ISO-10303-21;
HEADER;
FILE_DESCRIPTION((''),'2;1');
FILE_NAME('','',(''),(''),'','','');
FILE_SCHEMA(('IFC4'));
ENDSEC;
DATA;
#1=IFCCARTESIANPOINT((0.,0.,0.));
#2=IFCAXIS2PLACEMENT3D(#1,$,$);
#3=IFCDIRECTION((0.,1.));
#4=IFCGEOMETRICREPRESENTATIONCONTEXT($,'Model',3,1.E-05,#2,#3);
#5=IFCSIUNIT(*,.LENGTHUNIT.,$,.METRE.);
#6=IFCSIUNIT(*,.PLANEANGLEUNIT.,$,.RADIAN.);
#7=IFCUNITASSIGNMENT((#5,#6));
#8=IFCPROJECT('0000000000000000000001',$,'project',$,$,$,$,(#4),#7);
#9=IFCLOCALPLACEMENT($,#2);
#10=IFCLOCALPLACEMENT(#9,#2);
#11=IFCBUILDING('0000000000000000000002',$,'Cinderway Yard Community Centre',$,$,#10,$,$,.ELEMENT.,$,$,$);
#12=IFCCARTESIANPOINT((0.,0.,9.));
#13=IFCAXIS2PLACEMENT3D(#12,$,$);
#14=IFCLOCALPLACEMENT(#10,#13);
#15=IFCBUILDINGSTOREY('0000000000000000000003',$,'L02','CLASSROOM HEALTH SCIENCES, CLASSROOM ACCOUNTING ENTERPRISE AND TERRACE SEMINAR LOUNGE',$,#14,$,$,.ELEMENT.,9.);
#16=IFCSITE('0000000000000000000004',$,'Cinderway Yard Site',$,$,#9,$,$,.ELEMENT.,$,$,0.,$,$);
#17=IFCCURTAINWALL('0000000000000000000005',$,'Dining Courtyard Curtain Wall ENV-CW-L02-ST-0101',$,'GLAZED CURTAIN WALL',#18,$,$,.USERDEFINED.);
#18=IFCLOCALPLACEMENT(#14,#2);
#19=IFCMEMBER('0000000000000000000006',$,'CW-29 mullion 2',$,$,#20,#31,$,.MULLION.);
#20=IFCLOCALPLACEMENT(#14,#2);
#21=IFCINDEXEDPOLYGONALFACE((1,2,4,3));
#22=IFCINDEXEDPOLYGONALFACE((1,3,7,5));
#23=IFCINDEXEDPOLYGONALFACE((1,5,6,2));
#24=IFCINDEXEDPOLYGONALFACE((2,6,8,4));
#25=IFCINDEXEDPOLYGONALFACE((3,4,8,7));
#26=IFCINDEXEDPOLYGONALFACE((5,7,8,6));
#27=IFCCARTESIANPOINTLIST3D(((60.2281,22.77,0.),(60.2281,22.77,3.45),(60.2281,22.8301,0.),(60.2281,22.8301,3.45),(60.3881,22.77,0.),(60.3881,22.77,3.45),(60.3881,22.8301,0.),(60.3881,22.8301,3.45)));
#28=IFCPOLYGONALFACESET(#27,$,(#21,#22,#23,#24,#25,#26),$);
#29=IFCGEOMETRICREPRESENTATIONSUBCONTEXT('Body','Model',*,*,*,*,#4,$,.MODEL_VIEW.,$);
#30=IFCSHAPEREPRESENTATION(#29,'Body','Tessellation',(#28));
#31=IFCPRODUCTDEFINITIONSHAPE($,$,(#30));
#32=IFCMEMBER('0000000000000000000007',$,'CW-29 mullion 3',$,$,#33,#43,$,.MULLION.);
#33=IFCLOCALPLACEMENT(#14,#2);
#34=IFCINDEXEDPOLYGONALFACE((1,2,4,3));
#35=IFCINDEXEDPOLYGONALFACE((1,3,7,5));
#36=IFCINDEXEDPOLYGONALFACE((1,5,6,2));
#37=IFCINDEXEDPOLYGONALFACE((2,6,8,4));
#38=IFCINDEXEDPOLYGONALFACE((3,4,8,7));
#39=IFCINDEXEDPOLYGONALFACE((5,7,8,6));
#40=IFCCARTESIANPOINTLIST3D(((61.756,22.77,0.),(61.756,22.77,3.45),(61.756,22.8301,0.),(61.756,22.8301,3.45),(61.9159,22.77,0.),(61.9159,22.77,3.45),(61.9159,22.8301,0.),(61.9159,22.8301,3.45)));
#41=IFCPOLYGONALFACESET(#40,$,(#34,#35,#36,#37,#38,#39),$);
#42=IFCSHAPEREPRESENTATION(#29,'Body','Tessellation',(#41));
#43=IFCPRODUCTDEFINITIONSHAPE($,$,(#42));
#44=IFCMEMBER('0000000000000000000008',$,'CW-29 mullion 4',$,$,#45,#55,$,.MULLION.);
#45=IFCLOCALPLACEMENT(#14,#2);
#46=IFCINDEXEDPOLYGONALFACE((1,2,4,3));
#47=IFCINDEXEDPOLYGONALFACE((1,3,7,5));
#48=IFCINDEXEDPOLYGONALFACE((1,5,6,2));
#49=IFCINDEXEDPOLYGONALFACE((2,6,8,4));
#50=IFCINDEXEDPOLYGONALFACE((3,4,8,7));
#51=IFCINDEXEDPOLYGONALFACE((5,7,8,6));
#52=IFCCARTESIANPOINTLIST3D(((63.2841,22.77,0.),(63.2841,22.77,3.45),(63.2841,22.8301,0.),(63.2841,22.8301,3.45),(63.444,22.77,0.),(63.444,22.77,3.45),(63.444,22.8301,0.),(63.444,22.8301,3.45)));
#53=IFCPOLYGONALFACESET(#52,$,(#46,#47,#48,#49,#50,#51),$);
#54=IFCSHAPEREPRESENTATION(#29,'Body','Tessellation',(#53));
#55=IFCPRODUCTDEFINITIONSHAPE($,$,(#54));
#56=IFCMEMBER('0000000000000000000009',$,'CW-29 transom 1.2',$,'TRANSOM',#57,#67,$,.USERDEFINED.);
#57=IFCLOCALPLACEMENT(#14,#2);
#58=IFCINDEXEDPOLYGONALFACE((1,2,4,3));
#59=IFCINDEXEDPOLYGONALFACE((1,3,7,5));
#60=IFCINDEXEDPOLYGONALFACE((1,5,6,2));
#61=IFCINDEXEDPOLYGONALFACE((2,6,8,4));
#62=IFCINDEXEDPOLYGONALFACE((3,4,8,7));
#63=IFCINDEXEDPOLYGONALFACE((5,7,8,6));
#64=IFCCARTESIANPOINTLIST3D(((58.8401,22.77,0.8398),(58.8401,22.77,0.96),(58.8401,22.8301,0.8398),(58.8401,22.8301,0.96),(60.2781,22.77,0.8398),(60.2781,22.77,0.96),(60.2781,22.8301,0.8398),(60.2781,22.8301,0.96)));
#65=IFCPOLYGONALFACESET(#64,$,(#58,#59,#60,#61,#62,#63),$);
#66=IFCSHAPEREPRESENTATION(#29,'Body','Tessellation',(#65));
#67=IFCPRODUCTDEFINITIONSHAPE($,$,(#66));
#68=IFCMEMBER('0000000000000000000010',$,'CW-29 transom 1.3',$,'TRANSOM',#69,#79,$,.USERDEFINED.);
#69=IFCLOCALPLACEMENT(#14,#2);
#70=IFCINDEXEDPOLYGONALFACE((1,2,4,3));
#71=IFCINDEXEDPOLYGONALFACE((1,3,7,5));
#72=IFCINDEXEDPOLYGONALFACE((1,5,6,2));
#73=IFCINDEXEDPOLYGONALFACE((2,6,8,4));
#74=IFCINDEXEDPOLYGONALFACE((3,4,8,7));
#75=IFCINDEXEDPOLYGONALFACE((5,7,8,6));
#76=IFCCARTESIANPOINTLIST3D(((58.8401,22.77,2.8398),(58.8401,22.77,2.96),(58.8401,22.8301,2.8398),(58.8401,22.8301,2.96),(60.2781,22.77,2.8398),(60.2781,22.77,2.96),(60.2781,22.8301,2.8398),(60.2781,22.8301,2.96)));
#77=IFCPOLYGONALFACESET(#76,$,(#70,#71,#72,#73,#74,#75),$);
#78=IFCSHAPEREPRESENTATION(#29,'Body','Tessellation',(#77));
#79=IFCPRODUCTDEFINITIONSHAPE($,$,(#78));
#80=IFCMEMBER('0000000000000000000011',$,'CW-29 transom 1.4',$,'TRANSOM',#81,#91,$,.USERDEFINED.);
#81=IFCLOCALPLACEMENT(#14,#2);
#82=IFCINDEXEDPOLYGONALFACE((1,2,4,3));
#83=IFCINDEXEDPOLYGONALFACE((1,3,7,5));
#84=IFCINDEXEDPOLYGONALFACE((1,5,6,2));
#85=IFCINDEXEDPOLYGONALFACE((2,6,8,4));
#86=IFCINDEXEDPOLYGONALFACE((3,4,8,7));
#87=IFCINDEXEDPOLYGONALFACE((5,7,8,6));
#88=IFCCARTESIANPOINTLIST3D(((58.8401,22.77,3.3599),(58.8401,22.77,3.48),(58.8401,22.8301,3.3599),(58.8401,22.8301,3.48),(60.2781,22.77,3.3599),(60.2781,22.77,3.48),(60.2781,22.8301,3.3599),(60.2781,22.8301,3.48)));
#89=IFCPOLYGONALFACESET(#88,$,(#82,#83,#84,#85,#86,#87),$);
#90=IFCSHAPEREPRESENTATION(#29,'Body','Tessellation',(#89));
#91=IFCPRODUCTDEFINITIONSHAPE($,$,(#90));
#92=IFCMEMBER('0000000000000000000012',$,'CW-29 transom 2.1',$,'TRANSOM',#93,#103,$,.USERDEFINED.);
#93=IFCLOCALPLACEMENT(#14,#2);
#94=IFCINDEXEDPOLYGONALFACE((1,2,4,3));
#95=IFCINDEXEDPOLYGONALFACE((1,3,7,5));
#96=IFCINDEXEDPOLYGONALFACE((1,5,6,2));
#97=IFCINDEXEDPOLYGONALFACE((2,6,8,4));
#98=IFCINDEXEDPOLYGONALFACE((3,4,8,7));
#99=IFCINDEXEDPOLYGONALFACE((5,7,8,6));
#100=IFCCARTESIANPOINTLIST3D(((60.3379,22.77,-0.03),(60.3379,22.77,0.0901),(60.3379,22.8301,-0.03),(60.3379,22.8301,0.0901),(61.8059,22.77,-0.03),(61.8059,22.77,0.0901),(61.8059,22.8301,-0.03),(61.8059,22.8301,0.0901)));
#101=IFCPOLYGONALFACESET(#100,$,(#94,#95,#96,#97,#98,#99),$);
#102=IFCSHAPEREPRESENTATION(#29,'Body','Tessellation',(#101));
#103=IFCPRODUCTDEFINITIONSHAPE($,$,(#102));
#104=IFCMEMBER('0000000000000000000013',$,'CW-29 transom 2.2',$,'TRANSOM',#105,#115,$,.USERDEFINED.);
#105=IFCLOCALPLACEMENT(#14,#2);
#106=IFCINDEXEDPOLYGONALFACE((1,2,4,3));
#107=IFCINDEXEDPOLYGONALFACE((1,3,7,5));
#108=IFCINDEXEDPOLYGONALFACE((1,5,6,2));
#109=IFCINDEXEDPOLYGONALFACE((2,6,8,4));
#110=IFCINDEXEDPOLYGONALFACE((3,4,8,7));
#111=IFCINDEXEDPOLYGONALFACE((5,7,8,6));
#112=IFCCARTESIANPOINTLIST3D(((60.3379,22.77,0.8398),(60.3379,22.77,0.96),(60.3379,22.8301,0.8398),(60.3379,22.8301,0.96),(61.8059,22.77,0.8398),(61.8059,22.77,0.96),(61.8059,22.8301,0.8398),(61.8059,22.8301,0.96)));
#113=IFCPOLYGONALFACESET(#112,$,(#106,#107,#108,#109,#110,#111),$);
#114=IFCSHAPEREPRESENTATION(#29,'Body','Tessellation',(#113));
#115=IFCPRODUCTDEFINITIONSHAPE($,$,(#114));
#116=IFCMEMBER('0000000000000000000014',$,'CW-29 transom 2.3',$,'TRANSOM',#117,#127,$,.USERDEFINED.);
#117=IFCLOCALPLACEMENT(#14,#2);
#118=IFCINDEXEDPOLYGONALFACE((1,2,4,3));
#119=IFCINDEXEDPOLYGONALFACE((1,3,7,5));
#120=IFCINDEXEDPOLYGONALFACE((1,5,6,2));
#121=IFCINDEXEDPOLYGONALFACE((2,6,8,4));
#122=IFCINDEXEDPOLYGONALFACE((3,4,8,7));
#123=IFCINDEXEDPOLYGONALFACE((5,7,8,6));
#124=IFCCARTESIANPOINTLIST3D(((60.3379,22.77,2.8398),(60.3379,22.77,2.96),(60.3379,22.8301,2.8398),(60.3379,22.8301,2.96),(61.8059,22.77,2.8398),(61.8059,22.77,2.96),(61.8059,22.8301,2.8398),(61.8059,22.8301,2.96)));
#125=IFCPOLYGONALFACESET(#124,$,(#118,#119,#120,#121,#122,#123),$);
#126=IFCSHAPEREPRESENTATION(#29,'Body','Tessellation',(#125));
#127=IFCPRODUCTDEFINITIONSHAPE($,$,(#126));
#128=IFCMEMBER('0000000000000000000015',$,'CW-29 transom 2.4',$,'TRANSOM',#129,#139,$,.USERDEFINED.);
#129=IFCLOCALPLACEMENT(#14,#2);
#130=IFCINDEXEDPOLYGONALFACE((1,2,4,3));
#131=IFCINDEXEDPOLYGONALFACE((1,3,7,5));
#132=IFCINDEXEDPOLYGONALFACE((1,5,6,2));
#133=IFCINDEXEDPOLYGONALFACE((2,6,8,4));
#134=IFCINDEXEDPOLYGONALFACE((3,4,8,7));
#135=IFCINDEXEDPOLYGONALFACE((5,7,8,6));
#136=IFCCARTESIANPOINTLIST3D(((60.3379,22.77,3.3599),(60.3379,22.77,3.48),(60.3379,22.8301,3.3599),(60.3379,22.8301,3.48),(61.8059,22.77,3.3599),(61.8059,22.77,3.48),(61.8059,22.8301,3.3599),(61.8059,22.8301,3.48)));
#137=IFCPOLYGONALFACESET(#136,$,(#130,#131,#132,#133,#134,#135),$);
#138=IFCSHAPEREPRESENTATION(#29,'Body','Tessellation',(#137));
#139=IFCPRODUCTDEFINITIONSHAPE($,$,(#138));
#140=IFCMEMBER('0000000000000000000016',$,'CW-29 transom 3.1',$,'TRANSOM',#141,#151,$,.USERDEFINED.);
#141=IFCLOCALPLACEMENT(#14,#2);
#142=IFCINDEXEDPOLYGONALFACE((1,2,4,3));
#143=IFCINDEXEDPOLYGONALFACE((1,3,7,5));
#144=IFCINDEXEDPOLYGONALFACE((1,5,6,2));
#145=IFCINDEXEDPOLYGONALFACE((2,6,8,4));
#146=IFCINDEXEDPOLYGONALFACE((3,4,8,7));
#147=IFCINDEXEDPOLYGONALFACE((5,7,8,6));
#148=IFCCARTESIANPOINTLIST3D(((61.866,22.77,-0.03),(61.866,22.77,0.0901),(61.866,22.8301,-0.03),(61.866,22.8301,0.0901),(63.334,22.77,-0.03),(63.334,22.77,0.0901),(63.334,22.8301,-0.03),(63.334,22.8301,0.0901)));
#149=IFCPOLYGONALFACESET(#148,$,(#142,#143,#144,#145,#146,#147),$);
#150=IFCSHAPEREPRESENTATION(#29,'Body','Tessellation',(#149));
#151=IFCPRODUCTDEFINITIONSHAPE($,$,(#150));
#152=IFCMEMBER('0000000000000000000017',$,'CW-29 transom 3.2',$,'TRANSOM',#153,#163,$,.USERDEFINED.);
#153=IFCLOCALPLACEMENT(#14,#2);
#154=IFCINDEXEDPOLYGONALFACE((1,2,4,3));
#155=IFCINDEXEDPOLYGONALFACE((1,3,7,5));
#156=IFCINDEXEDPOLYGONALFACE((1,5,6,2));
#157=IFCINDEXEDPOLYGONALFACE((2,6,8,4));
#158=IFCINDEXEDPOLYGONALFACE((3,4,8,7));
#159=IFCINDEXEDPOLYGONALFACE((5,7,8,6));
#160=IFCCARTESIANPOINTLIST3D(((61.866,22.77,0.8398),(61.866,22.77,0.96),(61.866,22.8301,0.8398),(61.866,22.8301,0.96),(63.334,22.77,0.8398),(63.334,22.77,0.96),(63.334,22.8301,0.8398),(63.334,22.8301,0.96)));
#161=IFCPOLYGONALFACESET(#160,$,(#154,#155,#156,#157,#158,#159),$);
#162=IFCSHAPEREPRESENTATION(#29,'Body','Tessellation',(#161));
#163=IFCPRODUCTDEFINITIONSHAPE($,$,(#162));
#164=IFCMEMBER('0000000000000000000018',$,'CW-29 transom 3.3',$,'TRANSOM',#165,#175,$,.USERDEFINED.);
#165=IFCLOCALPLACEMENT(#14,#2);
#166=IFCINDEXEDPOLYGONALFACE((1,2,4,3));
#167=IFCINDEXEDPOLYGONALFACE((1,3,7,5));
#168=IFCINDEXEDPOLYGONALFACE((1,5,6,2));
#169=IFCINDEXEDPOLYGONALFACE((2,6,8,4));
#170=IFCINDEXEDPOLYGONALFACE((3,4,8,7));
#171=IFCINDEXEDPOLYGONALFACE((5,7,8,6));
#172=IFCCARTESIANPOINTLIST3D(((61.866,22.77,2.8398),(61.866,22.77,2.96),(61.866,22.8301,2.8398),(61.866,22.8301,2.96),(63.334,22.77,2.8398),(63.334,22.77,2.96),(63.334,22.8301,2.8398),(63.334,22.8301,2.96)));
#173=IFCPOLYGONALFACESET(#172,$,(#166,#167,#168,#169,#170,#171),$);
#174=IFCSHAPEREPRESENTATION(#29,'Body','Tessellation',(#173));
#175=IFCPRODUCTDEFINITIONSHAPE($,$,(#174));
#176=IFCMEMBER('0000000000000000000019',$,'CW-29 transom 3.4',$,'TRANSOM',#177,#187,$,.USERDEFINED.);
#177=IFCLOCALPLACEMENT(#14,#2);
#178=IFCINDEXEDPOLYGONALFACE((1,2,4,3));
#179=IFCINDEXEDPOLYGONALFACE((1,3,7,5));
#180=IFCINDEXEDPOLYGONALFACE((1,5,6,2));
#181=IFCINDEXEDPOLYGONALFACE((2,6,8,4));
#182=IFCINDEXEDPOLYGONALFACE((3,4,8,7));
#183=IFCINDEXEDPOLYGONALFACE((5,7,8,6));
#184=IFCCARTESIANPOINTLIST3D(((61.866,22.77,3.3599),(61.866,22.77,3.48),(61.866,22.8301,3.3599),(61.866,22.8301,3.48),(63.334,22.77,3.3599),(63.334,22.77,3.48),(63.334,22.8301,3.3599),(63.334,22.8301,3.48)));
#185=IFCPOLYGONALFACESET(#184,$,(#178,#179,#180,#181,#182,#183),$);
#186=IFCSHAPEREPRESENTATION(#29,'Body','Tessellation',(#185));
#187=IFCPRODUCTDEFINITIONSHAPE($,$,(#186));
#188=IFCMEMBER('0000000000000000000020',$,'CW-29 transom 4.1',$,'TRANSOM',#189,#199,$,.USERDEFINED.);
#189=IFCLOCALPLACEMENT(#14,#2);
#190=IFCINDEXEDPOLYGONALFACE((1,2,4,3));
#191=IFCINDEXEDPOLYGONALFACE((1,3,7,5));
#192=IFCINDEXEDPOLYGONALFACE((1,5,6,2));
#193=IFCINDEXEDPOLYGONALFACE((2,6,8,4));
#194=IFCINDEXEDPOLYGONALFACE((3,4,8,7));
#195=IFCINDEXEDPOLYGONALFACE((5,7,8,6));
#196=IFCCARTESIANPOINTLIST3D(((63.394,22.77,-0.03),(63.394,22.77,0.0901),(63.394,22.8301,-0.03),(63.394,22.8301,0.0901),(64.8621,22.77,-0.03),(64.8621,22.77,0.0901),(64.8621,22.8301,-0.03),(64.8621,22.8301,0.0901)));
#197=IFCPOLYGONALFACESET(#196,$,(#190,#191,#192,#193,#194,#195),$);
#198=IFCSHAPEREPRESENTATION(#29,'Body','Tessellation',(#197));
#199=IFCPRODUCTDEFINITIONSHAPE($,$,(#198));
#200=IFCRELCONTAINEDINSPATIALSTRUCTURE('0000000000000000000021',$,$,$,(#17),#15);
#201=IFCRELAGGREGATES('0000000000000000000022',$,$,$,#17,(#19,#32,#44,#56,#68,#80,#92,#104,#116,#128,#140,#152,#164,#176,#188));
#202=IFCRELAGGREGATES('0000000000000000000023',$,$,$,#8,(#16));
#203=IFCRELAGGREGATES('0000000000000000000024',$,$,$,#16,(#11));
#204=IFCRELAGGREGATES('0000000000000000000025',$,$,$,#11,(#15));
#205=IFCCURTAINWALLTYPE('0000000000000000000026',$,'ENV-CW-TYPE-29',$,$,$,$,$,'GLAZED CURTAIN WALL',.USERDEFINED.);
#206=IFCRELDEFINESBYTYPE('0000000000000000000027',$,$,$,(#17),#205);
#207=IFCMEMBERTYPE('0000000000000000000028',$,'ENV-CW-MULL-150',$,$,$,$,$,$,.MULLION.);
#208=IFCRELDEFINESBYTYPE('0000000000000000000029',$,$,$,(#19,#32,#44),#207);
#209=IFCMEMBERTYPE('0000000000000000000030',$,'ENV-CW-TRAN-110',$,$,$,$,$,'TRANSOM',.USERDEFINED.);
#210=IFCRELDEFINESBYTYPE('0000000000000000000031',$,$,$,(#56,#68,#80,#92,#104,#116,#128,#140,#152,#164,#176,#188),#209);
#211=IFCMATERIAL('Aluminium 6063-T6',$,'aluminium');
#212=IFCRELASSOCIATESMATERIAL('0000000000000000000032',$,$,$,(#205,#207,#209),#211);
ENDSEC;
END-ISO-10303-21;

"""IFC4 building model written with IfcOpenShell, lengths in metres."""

from ifc_helpers import new_model, si_unit, direction, frame, origin, origin_2d, place, context, subcontext, project, spatial, rectangle, extrude, material, material_profile, profile_set, type_object, element, aggregate, save


model = new_model("IFC4")

# Units and contexts
model_context = context("Model", 3, precision=1e-05, world=origin(), true_north=direction((0.0, 1.0)))
body_context = subcontext(model_context, "Body", "Model", "MODEL_VIEW")
ifc_project = project(units=[si_unit("LENGTHUNIT", "METRE"), si_unit("PLANEANGLEUNIT", "RADIAN")], contexts=[model_context])

# Site, building, storey
site_placement = place(None, origin())
site = spatial("IfcSite", under=ifc_project, at=site_placement, Name="Cinderway Yard Site", CompositionType="ELEMENT", RefElevation=0.0)
building_placement = place(site_placement, origin())
building = spatial("IfcBuilding", under=site, at=building_placement, Name="Cinderway Yard Community Centre", CompositionType="ELEMENT")
storey_placement = place(building_placement, frame((0.0, 0.0, 9.0)))
storey = spatial("IfcBuildingStorey", under=building, at=storey_placement, Name="L02", Description="CLASSROOM HEALTH SCIENCES, CLASSROOM ACCOUNTING ENTERPRISE AND TERRACE SEMINAR LOUNGE", CompositionType="ELEMENT", Elevation=9.0)

# Curtain wall, members
ifc_material_1 = material(Name="Aluminium 6063-T6", Category="aluminium")
curtain_wall_type = type_object("IfcCurtainWallType", Name="ENV-CW-TYPE-29", ElementType="GLAZED CURTAIN WALL", PredefinedType="USERDEFINED", material=ifc_material_1)
curtain_wall_placement = place(storey_placement, origin())
curtain_wall = element("IfcCurtainWall", 1, at=curtain_wall_placement, inside=storey, type_object=curtain_wall_type, Name="Dining Courtyard Curtain Wall ENV-CW-L02-ST-0101", ObjectType="GLAZED CURTAIN WALL", PredefinedType="USERDEFINED")
ifc_material_profile_1 = material_profile(ifc_material_1, rectangle(XDim=0.0601, YDim=0.1599, at=origin_2d()), Name="Aluminium 6063-T6")
ifc_profile_set_1 = profile_set([ifc_material_profile_1], Name="Aluminium 6063-T6")
member_type_1 = type_object("IfcMemberType", Name="ENV-CW-MULL-150", PredefinedType="MULLION", material=ifc_profile_set_1)
member_1_placement = place(storey_placement, frame((60.3081, 22.8, 0.0), z_axis=(0.0, 0.0, 1.0), x_axis=(0.0, 1.0, 0.0)))
member_1 = element("IfcMember", 2, at=member_1_placement, type_object=member_type_1, Name="CW-29 mullion 2", PredefinedType="MULLION", context=body_context, shape_type="SweptSolid", body=[
    extrude(rectangle(XDim=0.0601, YDim=0.1599, at=origin_2d()), origin(), (0.0, 0.0, 1.0), 3.45),
])
member_2_placement = place(storey_placement, frame((61.8359, 22.8, 0.0), z_axis=(0.0, 0.0, 1.0), x_axis=(0.0, 1.0, 0.0)))
member_2 = element("IfcMember", 3, at=member_2_placement, type_object=member_type_1, Name="CW-29 mullion 3", PredefinedType="MULLION", context=body_context, shape_type="SweptSolid", body=[
    extrude(rectangle(XDim=0.0601, YDim=0.1599, at=origin_2d()), origin(), (0.0, 0.0, 1.0), 3.45),
])
member_3_placement = place(storey_placement, frame((63.364, 22.8, 0.0), z_axis=(0.0, 0.0, 1.0), x_axis=(0.0, 1.0, 0.0)))
member_3 = element("IfcMember", 4, at=member_3_placement, type_object=member_type_1, Name="CW-29 mullion 4", PredefinedType="MULLION", context=body_context, shape_type="SweptSolid", body=[
    extrude(rectangle(XDim=0.0601, YDim=0.1599, at=origin_2d()), origin(), (0.0, 0.0, 1.0), 3.45),
])
ifc_material_profile_2 = material_profile(ifc_material_1, rectangle(XDim=0.0601, YDim=0.1201, at=origin_2d()), Name="Aluminium 6063-T6")
ifc_profile_set_2 = profile_set([ifc_material_profile_2], Name="Aluminium 6063-T6")
member_type_2 = type_object("IfcMemberType", Name="ENV-CW-TRAN-110", ElementType="TRANSOM", PredefinedType="USERDEFINED", material=ifc_profile_set_2)
member_4_placement = place(storey_placement, frame((58.8401, 22.8, 0.8999), z_axis=(1.0, 0.0, 0.0), x_axis=(0.0, 1.0, 0.0)))
member_4 = element("IfcMember", 5, at=member_4_placement, type_object=member_type_2, Name="CW-29 transom 1.2", ObjectType="TRANSOM", PredefinedType="USERDEFINED", context=body_context, shape_type="SweptSolid", body=[
    extrude(rectangle(XDim=0.0601, YDim=0.1201, at=origin_2d()), origin(), (0.0, 0.0, 1.0), 1.438),
])
member_5_placement = place(storey_placement, frame((58.8401, 22.8, 2.8999), z_axis=(1.0, 0.0, 0.0), x_axis=(0.0, 1.0, 0.0)))
member_5 = element("IfcMember", 6, at=member_5_placement, type_object=member_type_2, Name="CW-29 transom 1.3", ObjectType="TRANSOM", PredefinedType="USERDEFINED", context=body_context, shape_type="SweptSolid", body=[
    extrude(rectangle(XDim=0.0601, YDim=0.1201, at=origin_2d()), origin(), (0.0, 0.0, 1.0), 1.438),
])
member_6_placement = place(storey_placement, frame((58.8401, 22.8, 3.4199), z_axis=(1.0, 0.0, 0.0), x_axis=(0.0, 1.0, 0.0)))
member_6 = element("IfcMember", 7, at=member_6_placement, type_object=member_type_2, Name="CW-29 transom 1.4", ObjectType="TRANSOM", PredefinedType="USERDEFINED", context=body_context, shape_type="SweptSolid", body=[
    extrude(rectangle(XDim=0.0601, YDim=0.1201, at=origin_2d()), origin(), (0.0, 0.0, 1.0), 1.438),
])
member_7_placement = place(storey_placement, frame((60.3379, 22.8, 0.03), z_axis=(1.0, 0.0, 0.0), x_axis=(0.0, 1.0, 0.0)))
member_7 = element("IfcMember", 8, at=member_7_placement, type_object=member_type_2, Name="CW-29 transom 2.1", ObjectType="TRANSOM", PredefinedType="USERDEFINED", context=body_context, shape_type="SweptSolid", body=[
    extrude(rectangle(XDim=0.0601, YDim=0.1201, at=origin_2d()), origin(), (0.0, 0.0, 1.0), 1.468),
])
member_8_placement = place(storey_placement, frame((60.3379, 22.8, 0.8999), z_axis=(1.0, 0.0, 0.0), x_axis=(0.0, 1.0, 0.0)))
member_8 = element("IfcMember", 9, at=member_8_placement, type_object=member_type_2, Name="CW-29 transom 2.2", ObjectType="TRANSOM", PredefinedType="USERDEFINED", context=body_context, shape_type="SweptSolid", body=[
    extrude(rectangle(XDim=0.0601, YDim=0.1201, at=origin_2d()), origin(), (0.0, 0.0, 1.0), 1.468),
])
member_9_placement = place(storey_placement, frame((60.3379, 22.8, 2.8999), z_axis=(1.0, 0.0, 0.0), x_axis=(0.0, 1.0, 0.0)))
member_9 = element("IfcMember", 10, at=member_9_placement, type_object=member_type_2, Name="CW-29 transom 2.3", ObjectType="TRANSOM", PredefinedType="USERDEFINED", context=body_context, shape_type="SweptSolid", body=[
    extrude(rectangle(XDim=0.0601, YDim=0.1201, at=origin_2d()), origin(), (0.0, 0.0, 1.0), 1.468),
])
member_10_placement = place(storey_placement, frame((60.3379, 22.8, 3.4199), z_axis=(1.0, 0.0, 0.0), x_axis=(0.0, 1.0, 0.0)))
member_10 = element("IfcMember", 11, at=member_10_placement, type_object=member_type_2, Name="CW-29 transom 2.4", ObjectType="TRANSOM", PredefinedType="USERDEFINED", context=body_context, shape_type="SweptSolid", body=[
    extrude(rectangle(XDim=0.0601, YDim=0.1201, at=origin_2d()), origin(), (0.0, 0.0, 1.0), 1.468),
])
member_11_placement = place(storey_placement, frame((61.866, 22.8, 0.03), z_axis=(1.0, 0.0, 0.0), x_axis=(0.0, 1.0, 0.0)))
member_11 = element("IfcMember", 12, at=member_11_placement, type_object=member_type_2, Name="CW-29 transom 3.1", ObjectType="TRANSOM", PredefinedType="USERDEFINED", context=body_context, shape_type="SweptSolid", body=[
    extrude(rectangle(XDim=0.0601, YDim=0.1201, at=origin_2d()), origin(), (0.0, 0.0, 1.0), 1.468),
])
member_12_placement = place(storey_placement, frame((61.866, 22.8, 0.8999), z_axis=(1.0, 0.0, 0.0), x_axis=(0.0, 1.0, 0.0)))
member_12 = element("IfcMember", 13, at=member_12_placement, type_object=member_type_2, Name="CW-29 transom 3.2", ObjectType="TRANSOM", PredefinedType="USERDEFINED", context=body_context, shape_type="SweptSolid", body=[
    extrude(rectangle(XDim=0.0601, YDim=0.1201, at=origin_2d()), origin(), (0.0, 0.0, 1.0), 1.468),
])
member_13_placement = place(storey_placement, frame((61.866, 22.8, 2.8999), z_axis=(1.0, 0.0, 0.0), x_axis=(0.0, 1.0, 0.0)))
member_13 = element("IfcMember", 14, at=member_13_placement, type_object=member_type_2, Name="CW-29 transom 3.3", ObjectType="TRANSOM", PredefinedType="USERDEFINED", context=body_context, shape_type="SweptSolid", body=[
    extrude(rectangle(XDim=0.0601, YDim=0.1201, at=origin_2d()), origin(), (0.0, 0.0, 1.0), 1.468),
])
member_14_placement = place(storey_placement, frame((61.866, 22.8, 3.4199), z_axis=(1.0, 0.0, 0.0), x_axis=(0.0, 1.0, 0.0)))
member_14 = element("IfcMember", 15, at=member_14_placement, type_object=member_type_2, Name="CW-29 transom 3.4", ObjectType="TRANSOM", PredefinedType="USERDEFINED", context=body_context, shape_type="SweptSolid", body=[
    extrude(rectangle(XDim=0.0601, YDim=0.1201, at=origin_2d()), origin(), (0.0, 0.0, 1.0), 1.468),
])
member_15_placement = place(storey_placement, frame((63.394, 22.8, 0.03), z_axis=(1.0, 0.0, 0.0), x_axis=(0.0, 1.0, 0.0)))
member_15 = element("IfcMember", 16, at=member_15_placement, type_object=member_type_2, Name="CW-29 transom 4.1", ObjectType="TRANSOM", PredefinedType="USERDEFINED", context=body_context, shape_type="SweptSolid", body=[
    extrude(rectangle(XDim=0.0601, YDim=0.1201, at=origin_2d()), origin(), (0.0, 0.0, 1.0), 1.468),
])
aggregate(curtain_wall, [member_1, member_2, member_3, member_4, member_5, member_6, member_7, member_8, member_9, member_10, member_11, member_12, member_13, member_14, member_15])

save(model, "model.ifc")
